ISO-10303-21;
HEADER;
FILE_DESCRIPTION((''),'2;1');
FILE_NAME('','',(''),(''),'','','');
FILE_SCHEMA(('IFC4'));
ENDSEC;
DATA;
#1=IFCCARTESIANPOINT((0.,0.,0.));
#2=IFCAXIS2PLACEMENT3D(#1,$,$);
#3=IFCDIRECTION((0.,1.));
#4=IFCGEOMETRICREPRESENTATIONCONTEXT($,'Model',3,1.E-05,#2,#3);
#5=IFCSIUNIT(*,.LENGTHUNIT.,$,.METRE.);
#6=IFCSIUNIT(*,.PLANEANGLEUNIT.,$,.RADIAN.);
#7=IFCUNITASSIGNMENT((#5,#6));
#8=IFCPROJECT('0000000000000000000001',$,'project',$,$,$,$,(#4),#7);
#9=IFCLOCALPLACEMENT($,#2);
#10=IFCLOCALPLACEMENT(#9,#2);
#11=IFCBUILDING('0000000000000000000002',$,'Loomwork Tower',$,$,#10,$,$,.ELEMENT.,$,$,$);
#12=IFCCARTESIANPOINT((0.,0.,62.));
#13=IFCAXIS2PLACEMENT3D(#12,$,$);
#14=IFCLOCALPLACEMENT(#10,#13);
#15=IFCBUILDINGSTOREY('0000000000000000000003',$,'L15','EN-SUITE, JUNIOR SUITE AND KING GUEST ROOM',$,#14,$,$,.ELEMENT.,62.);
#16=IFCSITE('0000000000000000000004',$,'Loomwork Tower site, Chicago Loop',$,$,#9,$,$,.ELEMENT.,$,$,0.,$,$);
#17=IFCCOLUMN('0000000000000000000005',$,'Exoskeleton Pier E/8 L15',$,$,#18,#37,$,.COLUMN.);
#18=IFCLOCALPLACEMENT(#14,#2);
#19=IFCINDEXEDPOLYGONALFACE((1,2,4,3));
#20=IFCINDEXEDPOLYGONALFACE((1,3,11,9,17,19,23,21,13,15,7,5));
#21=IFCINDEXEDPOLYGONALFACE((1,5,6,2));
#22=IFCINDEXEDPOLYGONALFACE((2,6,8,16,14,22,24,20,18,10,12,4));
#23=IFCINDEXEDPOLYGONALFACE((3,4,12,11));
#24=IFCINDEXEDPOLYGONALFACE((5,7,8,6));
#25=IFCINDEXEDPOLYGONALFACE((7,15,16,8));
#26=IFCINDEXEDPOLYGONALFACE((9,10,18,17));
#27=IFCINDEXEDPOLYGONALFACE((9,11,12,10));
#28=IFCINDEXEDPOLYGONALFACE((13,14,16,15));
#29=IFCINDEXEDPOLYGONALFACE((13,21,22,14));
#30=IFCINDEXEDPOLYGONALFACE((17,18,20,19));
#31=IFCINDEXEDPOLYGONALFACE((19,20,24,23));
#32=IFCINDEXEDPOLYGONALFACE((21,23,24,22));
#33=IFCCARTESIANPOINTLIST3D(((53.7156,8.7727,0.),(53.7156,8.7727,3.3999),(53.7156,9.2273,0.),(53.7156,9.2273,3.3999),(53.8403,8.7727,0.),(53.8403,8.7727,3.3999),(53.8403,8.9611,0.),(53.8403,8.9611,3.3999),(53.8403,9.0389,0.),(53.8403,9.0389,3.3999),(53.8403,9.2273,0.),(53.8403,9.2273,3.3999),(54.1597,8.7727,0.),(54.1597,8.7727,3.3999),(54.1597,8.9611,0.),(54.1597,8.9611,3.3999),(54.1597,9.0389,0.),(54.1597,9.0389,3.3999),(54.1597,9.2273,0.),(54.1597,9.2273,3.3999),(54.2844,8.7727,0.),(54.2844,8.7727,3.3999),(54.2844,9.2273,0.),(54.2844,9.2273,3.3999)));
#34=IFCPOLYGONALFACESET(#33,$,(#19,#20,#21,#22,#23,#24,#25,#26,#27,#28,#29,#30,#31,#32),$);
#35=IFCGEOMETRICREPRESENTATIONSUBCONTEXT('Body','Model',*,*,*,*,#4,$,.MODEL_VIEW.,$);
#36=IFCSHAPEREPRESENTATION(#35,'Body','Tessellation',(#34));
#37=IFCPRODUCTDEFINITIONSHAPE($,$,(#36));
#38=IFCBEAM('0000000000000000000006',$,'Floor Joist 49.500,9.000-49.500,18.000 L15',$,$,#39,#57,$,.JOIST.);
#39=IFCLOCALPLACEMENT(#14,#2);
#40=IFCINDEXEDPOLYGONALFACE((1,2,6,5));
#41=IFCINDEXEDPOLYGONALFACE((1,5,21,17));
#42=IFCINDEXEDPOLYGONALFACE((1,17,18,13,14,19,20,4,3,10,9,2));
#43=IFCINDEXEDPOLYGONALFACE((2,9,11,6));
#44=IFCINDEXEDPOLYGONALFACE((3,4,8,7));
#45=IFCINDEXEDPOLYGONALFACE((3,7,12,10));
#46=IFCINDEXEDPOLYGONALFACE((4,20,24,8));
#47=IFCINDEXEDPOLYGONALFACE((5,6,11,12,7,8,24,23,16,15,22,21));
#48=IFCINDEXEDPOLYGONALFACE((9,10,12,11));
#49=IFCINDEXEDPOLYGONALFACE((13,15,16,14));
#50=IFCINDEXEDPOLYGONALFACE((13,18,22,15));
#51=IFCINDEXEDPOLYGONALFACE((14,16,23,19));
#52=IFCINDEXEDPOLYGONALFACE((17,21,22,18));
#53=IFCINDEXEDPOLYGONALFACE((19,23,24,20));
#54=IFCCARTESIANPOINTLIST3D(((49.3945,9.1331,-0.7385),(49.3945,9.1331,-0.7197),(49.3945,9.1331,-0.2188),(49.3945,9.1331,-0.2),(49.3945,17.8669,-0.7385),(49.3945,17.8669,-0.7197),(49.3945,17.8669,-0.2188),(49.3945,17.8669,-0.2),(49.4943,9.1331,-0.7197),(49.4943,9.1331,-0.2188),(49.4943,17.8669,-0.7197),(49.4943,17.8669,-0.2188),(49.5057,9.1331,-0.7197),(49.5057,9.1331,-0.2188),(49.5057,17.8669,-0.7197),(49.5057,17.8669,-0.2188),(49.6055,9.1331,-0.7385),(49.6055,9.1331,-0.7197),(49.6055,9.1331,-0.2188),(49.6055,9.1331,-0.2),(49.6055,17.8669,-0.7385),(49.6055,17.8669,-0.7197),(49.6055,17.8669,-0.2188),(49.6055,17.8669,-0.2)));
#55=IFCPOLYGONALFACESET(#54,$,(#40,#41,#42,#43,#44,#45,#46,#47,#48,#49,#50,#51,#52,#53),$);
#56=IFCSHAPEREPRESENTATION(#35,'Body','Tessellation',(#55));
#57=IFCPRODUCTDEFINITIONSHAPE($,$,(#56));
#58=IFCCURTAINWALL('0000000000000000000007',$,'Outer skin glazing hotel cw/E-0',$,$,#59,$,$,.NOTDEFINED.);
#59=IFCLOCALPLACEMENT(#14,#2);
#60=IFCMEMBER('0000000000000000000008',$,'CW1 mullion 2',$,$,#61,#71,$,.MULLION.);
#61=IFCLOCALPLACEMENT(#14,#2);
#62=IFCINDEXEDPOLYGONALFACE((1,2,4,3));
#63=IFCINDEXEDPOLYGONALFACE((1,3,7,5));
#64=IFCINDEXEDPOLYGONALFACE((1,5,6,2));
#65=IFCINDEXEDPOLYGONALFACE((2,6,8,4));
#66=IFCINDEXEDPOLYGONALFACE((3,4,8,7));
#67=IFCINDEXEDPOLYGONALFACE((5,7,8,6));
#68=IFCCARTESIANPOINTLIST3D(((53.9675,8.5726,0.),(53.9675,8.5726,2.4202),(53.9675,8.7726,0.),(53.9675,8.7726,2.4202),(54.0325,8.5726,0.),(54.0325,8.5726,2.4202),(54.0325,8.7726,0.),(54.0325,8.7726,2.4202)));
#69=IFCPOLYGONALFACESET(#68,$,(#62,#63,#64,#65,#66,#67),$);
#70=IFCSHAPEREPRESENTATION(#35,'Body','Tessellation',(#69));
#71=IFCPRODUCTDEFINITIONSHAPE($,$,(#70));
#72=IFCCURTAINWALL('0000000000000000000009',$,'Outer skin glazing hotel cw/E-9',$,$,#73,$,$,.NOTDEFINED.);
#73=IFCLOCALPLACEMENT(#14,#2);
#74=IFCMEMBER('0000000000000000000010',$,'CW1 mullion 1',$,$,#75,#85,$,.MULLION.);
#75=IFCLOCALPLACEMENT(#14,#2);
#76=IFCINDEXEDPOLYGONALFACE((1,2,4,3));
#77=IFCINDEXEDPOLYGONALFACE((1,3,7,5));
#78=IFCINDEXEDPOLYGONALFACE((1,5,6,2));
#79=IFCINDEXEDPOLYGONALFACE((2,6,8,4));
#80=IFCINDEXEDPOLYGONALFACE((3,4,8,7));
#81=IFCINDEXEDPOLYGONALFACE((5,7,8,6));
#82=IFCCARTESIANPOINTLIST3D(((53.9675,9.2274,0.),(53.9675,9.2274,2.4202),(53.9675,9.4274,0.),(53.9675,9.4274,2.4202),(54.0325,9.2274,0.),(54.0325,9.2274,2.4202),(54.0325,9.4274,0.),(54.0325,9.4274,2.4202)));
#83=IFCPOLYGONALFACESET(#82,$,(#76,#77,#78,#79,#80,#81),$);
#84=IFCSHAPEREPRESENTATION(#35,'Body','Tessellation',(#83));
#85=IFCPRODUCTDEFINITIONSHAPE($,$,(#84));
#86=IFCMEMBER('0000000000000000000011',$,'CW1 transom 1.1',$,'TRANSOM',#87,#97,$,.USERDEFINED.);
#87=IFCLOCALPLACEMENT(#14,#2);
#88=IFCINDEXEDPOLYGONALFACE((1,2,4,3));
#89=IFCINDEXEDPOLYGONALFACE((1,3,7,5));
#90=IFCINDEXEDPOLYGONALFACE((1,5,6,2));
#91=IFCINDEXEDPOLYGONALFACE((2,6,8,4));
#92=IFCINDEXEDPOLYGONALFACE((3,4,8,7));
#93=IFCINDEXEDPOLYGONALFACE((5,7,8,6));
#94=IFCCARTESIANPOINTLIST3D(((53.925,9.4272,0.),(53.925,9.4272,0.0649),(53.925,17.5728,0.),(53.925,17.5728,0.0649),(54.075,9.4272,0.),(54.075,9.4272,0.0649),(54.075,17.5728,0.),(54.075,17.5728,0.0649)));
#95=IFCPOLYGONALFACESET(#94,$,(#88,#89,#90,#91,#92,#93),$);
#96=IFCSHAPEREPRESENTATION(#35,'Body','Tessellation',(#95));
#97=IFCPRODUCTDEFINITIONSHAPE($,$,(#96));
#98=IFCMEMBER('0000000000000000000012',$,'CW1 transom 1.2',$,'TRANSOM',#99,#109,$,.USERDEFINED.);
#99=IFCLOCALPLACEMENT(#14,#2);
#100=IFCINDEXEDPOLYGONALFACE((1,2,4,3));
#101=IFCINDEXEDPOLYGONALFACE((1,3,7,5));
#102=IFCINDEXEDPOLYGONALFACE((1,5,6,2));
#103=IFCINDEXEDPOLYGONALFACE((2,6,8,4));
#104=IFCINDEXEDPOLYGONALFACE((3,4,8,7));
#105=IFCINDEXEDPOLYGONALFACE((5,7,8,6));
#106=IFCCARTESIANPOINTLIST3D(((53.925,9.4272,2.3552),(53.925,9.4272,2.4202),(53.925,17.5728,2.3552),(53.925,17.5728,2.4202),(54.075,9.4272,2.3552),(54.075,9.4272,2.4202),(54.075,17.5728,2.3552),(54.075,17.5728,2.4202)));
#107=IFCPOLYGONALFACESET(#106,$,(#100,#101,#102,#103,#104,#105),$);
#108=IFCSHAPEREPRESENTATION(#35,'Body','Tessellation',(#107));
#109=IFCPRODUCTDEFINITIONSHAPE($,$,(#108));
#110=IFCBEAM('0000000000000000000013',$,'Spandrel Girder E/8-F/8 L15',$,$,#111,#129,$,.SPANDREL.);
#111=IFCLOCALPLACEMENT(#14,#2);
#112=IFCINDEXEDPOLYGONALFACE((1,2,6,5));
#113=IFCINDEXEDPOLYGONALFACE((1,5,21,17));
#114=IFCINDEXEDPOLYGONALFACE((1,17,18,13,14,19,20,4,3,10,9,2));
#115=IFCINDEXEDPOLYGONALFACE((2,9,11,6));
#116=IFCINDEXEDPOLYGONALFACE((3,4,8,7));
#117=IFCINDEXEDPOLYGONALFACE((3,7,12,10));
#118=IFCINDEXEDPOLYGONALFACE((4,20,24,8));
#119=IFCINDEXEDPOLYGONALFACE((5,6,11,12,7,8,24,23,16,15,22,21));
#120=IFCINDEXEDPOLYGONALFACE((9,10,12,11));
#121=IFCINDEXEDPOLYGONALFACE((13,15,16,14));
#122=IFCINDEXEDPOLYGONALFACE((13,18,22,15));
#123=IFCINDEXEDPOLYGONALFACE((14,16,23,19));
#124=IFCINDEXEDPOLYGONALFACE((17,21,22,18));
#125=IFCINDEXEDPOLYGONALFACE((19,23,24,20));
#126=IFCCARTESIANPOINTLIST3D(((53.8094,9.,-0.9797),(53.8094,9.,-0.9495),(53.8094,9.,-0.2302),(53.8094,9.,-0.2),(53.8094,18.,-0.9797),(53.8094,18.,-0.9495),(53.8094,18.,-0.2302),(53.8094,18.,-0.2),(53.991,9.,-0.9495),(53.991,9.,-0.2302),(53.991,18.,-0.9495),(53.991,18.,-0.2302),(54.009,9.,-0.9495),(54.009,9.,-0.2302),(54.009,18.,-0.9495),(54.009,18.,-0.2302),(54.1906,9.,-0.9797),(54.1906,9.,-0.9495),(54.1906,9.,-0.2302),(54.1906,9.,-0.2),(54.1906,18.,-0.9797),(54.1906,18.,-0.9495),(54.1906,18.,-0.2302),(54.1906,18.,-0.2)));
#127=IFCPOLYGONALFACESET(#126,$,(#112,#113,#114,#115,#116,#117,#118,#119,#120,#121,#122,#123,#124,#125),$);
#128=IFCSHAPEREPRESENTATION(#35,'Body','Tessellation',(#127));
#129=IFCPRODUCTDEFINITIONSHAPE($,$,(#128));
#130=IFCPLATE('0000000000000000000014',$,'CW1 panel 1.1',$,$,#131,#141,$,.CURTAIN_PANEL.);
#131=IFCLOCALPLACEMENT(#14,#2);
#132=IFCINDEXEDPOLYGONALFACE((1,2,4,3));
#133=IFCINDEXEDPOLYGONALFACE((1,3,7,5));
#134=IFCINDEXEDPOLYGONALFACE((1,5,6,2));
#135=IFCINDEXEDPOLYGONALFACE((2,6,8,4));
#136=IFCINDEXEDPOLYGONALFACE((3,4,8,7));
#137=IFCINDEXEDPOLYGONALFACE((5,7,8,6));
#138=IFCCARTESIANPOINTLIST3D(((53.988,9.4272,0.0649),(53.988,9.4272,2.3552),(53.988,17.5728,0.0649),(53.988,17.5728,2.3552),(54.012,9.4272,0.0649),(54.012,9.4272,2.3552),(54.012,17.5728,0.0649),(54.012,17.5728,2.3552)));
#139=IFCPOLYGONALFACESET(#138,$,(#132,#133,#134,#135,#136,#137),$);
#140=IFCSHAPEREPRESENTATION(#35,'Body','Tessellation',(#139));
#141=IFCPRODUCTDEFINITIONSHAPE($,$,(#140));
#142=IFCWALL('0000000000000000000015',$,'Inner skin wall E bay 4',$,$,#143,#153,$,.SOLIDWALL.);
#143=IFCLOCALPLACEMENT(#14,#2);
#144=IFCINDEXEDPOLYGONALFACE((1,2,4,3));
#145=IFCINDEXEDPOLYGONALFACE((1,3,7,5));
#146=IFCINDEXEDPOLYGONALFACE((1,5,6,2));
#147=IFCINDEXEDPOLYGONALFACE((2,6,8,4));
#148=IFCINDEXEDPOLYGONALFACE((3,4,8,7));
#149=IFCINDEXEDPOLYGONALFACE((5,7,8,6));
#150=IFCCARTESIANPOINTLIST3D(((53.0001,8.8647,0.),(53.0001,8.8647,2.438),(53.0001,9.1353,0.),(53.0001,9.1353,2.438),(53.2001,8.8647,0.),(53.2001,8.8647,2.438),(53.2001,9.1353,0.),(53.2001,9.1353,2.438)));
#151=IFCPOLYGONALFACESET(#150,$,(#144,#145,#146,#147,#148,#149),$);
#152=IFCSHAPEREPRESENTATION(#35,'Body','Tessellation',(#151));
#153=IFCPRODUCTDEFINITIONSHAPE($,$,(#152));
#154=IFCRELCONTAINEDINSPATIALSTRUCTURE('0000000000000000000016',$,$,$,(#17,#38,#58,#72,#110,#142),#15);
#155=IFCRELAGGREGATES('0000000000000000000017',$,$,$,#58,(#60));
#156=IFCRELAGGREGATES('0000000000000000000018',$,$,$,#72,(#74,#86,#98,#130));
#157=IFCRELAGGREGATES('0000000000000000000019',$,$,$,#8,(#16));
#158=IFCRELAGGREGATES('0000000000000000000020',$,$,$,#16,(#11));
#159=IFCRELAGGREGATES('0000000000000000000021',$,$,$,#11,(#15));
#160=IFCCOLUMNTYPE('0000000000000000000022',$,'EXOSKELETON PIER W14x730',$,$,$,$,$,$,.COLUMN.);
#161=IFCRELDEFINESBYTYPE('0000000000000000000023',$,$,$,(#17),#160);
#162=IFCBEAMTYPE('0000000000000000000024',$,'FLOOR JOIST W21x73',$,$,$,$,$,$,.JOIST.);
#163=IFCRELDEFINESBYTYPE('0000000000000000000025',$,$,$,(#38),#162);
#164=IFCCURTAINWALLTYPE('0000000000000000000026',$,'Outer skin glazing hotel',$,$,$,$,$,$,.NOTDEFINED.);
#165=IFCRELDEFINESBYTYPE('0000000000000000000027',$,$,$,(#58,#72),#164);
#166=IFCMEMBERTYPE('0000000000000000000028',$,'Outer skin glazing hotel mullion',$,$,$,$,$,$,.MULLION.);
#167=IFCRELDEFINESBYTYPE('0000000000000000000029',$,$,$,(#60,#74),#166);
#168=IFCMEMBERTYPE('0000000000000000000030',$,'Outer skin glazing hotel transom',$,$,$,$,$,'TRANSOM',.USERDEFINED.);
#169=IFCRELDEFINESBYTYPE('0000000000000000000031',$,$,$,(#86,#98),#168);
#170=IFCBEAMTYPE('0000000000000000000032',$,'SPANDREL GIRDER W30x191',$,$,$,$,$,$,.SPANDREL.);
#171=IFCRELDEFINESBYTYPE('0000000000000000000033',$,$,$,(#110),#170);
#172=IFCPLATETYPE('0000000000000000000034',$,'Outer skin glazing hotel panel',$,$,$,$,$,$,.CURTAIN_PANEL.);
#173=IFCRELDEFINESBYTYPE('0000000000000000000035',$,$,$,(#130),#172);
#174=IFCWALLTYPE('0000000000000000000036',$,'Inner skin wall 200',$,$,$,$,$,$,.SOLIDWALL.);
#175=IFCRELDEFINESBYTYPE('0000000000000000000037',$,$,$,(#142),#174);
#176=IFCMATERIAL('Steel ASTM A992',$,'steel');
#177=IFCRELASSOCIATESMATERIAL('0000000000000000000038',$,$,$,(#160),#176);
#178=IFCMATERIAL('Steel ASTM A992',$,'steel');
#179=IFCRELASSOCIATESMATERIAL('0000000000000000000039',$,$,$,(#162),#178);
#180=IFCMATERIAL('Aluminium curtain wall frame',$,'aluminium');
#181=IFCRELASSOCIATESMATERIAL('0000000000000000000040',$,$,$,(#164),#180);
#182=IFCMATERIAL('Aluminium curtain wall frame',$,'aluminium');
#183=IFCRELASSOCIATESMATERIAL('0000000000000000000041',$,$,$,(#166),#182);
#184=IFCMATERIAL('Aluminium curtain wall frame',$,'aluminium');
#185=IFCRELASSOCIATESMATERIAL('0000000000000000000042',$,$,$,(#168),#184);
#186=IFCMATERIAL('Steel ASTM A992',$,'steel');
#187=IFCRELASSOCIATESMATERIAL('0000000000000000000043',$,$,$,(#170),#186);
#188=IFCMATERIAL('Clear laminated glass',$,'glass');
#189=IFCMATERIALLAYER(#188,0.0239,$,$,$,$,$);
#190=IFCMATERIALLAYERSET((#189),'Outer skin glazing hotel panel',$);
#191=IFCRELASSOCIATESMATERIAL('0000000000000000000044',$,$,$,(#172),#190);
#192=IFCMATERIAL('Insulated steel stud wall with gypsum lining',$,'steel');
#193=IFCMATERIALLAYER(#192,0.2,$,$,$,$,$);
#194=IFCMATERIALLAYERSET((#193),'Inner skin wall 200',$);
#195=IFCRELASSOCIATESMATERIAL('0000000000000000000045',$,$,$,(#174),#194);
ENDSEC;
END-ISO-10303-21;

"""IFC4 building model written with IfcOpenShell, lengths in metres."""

from ifc_helpers import new_model, si_unit, direction, frame, frame_2d, origin, origin_2d, place, context, subcontext, project, spatial, rectangle, i_section, extrude, material, layer, layer_set, material_profile, profile_set, type_object, element, aggregate, save


model = new_model("IFC4")

# Units and contexts
model_context = context("Model", 3, precision=1e-05, world=origin(), true_north=direction((0.0, 1.0)))
body_context = subcontext(model_context, "Body", "Model", "MODEL_VIEW")
ifc_project = project(units=[si_unit("LENGTHUNIT", "METRE"), si_unit("PLANEANGLEUNIT", "RADIAN")], contexts=[model_context])

# Site, building, storey
site_placement = place(None, origin())
site = spatial("IfcSite", under=ifc_project, at=site_placement, Name="Loomwork Tower site, Chicago Loop", CompositionType="ELEMENT", RefElevation=0.0)
building_placement = place(site_placement, origin())
building = spatial("IfcBuilding", under=site, at=building_placement, Name="Loomwork Tower", CompositionType="ELEMENT")
storey_placement = place(building_placement, frame((0.0, 0.0, 62.0)))
storey = spatial("IfcBuildingStorey", under=building, at=storey_placement, Name="L15", Description="EN-SUITE, JUNIOR SUITE AND KING GUEST ROOM", CompositionType="ELEMENT", Elevation=62.0)

# Column
ifc_material_1 = material(Name="Steel ASTM A992", Category="steel")
ifc_material_profile_1 = material_profile(ifc_material_1, i_section(OverallWidth=0.4546, OverallDepth=0.5688, WebThickness=0.0779, FlangeThickness=0.1248, at=origin_2d()), Name="W14x730")
ifc_profile_set_1 = profile_set([ifc_material_profile_1], Name="Steel ASTM A992")
column_type = type_object("IfcColumnType", Name="EXOSKELETON PIER W14x730", PredefinedType="COLUMN", material=ifc_profile_set_1)
column_placement = place(storey_placement, frame((54.0, 9.0, 0.0), z_axis=(0.0, 0.0, 1.0), x_axis=(0.0, 1.0, 0.0)))
element("IfcColumn", 1, at=column_placement, inside=storey, type_object=column_type, Name="Exoskeleton Pier E/8 L15", PredefinedType="COLUMN", context=body_context, shape_type="SweptSolid", body=[
    extrude(i_section(OverallWidth=0.4546, OverallDepth=0.5688, WebThickness=0.0779, FlangeThickness=0.1248, at=origin_2d()), origin(), (0.0, 0.0, 1.0), 3.3999),
])

# Beam
ifc_material_2 = material(Name="Steel ASTM A992", Category="steel")
ifc_material_profile_2 = material_profile(ifc_material_2, i_section(OverallWidth=0.2109, OverallDepth=0.5386, WebThickness=0.0115, FlangeThickness=0.0188, at=origin_2d()), Name="W21x73")
ifc_profile_set_2 = profile_set([ifc_material_profile_2], Name="Steel ASTM A992")
beam_type_1 = type_object("IfcBeamType", Name="FLOOR JOIST W21x73", PredefinedType="JOIST", material=ifc_profile_set_2)
beam_1_placement = place(storey_placement, frame((49.5, 9.1331, -0.4692), z_axis=(0.0, 1.0, 0.0), x_axis=(-1.0, 0.0, 0.0)))
element("IfcBeam", 2, at=beam_1_placement, inside=storey, type_object=beam_type_1, Name="Floor Joist 49.500,9.000-49.500,18.000 L15", PredefinedType="JOIST", context=body_context, shape_type="SweptSolid", body=[
    extrude(i_section(OverallWidth=0.2109, OverallDepth=0.5386, WebThickness=0.0115, FlangeThickness=0.0188, at=origin_2d()), origin(), (0.0, 0.0, 1.0), 8.7339),
])

# Curtain wall, member
ifc_material_3 = material(Name="Aluminium curtain wall frame", Category="aluminium")
curtain_wall_type = type_object("IfcCurtainWallType", Name="Outer skin glazing hotel", PredefinedType="NOTDEFINED", material=ifc_material_3)
curtain_wall_1_placement = place(storey_placement, origin())
curtain_wall_1 = element("IfcCurtainWall", 3, at=curtain_wall_1_placement, inside=storey, type_object=curtain_wall_type, Name="Outer skin glazing hotel cw/E-0", PredefinedType="NOTDEFINED")
ifc_material_4 = material(Name="Aluminium curtain wall frame", Category="aluminium")
ifc_material_profile_3 = material_profile(ifc_material_4, rectangle(XDim=0.0649, YDim=0.2, at=origin_2d()), Name="AL 65x200")
ifc_profile_set_3 = profile_set([ifc_material_profile_3], Name="Aluminium curtain wall frame")
member_type_1 = type_object("IfcMemberType", Name="Outer skin glazing hotel mullion", PredefinedType="MULLION", material=ifc_profile_set_3)
member_1_placement = place(storey_placement, frame((54.0, 8.6726, 0.0), z_axis=(0.0, 0.0, 1.0), x_axis=(-1.0, 0.0, 0.0)))
member_1 = element("IfcMember", 4, at=member_1_placement, type_object=member_type_1, Name="CW1 mullion 2", PredefinedType="MULLION", context=body_context, shape_type="SweptSolid", body=[
    extrude(rectangle(XDim=0.0649, YDim=0.2, at=origin_2d()), origin(), (0.0, 0.0, 1.0), 2.4202),
])
aggregate(curtain_wall_1, [member_1])

# Curtain wall, members
curtain_wall_2_placement = place(storey_placement, origin())
curtain_wall_2 = element("IfcCurtainWall", 5, at=curtain_wall_2_placement, inside=storey, type_object=curtain_wall_type, Name="Outer skin glazing hotel cw/E-9", PredefinedType="NOTDEFINED")
member_2_placement = place(storey_placement, frame((54.0, 9.3274, 0.0), z_axis=(0.0, 0.0, 1.0), x_axis=(-1.0, 0.0, 0.0)))
member_2 = element("IfcMember", 6, at=member_2_placement, type_object=member_type_1, Name="CW1 mullion 1", PredefinedType="MULLION", context=body_context, shape_type="SweptSolid", body=[
    extrude(rectangle(XDim=0.0649, YDim=0.2, at=origin_2d()), origin(), (0.0, 0.0, 1.0), 2.4202),
])
ifc_material_5 = material(Name="Aluminium curtain wall frame", Category="aluminium")
ifc_material_profile_4 = material_profile(ifc_material_5, rectangle(XDim=0.1499, YDim=0.0649, at=origin_2d()), Name="AL 65x150")
ifc_profile_set_4 = profile_set([ifc_material_profile_4], Name="Aluminium curtain wall frame")
member_type_2 = type_object("IfcMemberType", Name="Outer skin glazing hotel transom", ElementType="TRANSOM", PredefinedType="USERDEFINED", material=ifc_profile_set_4)
member_3_placement = place(storey_placement, frame((54.0, 9.4272, 0.0325), z_axis=(0.0, 1.0, 0.0), x_axis=(-1.0, 0.0, 0.0)))
member_3 = element("IfcMember", 7, at=member_3_placement, type_object=member_type_2, Name="CW1 transom 1.1", ObjectType="TRANSOM", PredefinedType="USERDEFINED", context=body_context, shape_type="SweptSolid", body=[
    extrude(rectangle(XDim=0.1499, YDim=0.0649, at=origin_2d()), origin(), (0.0, 0.0, 1.0), 8.1455),
])
member_4_placement = place(storey_placement, frame((54.0, 9.4272, 2.3877), z_axis=(0.0, 1.0, 0.0), x_axis=(-1.0, 0.0, 0.0)))
member_4 = element("IfcMember", 8, at=member_4_placement, type_object=member_type_2, Name="CW1 transom 1.2", ObjectType="TRANSOM", PredefinedType="USERDEFINED", context=body_context, shape_type="SweptSolid", body=[
    extrude(rectangle(XDim=0.1499, YDim=0.0649, at=origin_2d()), origin(), (0.0, 0.0, 1.0), 8.1455),
])

# Beam
ifc_material_6 = material(Name="Steel ASTM A992", Category="steel")
ifc_material_profile_5 = material_profile(ifc_material_6, i_section(OverallWidth=0.3811, OverallDepth=0.7798, WebThickness=0.0181, FlangeThickness=0.0303, at=origin_2d()), Name="W30x191")
ifc_profile_set_5 = profile_set([ifc_material_profile_5], Name="Steel ASTM A992")
beam_type_2 = type_object("IfcBeamType", Name="SPANDREL GIRDER W30x191", PredefinedType="SPANDREL", material=ifc_profile_set_5)
beam_2_placement = place(storey_placement, frame((54.0, 9.0, -0.5898), z_axis=(0.0, 1.0, 0.0), x_axis=(-1.0, 0.0, 0.0)))
element("IfcBeam", 9, at=beam_2_placement, inside=storey, type_object=beam_type_2, Name="Spandrel Girder E/8-F/8 L15", PredefinedType="SPANDREL", context=body_context, shape_type="SweptSolid", body=[
    extrude(i_section(OverallWidth=0.3811, OverallDepth=0.7798, WebThickness=0.0181, FlangeThickness=0.0303, at=origin_2d()), origin(), (0.0, 0.0, 1.0), 9.0),
])

# Plate
ifc_material_7 = material(Name="Clear laminated glass", Category="glass")
ifc_layer_1 = layer(ifc_material_7, 0.0239)
ifc_layer_set_1 = layer_set([ifc_layer_1], Name="Outer skin glazing hotel panel")
plate_type = type_object("IfcPlateType", Name="Outer skin glazing hotel panel", PredefinedType="CURTAIN_PANEL", material=ifc_layer_set_1)
plate_placement = place(storey_placement, frame((54.0, 13.5, 0.0649), z_axis=(0.0, 0.0, 1.0), x_axis=(0.0, 1.0, 0.0)))
plate = element("IfcPlate", 10, at=plate_placement, type_object=plate_type, Name="CW1 panel 1.1", PredefinedType="CURTAIN_PANEL", context=body_context, shape_type="SweptSolid", body=[
    extrude(rectangle(XDim=8.1455, YDim=0.0239, at=origin_2d()), origin(), (0.0, 0.0, 1.0), 2.2903),
])
aggregate(curtain_wall_2, [member_2, member_3, member_4, plate])

# Wall
ifc_material_8 = material(Name="Insulated steel stud wall with gypsum lining", Category="steel")
ifc_layer_2 = layer(ifc_material_8, 0.2)
ifc_layer_set_2 = layer_set([ifc_layer_2], Name="Inner skin wall 200")
wall_type = type_object("IfcWallType", Name="Inner skin wall 200", PredefinedType="SOLIDWALL", material=ifc_layer_set_2)
wall_1_placement = place(storey_placement, frame((53.1001, 8.8647, 0.0), z_axis=(0.0, 0.0, 1.0), x_axis=(0.0, 1.0, 0.0)))
element("IfcWall", 11, at=wall_1_placement, inside=storey, type_object=wall_type, Name="Inner skin wall E bay 4", PredefinedType="SOLIDWALL", context=body_context, shape_type="SweptSolid", body=[
    extrude(rectangle(XDim=0.2705, YDim=0.2, at=frame_2d((0.1353, 0.0))), origin(), (0.0, 0.0, 1.0), 2.438),
])

save(model, "model.ifc")
